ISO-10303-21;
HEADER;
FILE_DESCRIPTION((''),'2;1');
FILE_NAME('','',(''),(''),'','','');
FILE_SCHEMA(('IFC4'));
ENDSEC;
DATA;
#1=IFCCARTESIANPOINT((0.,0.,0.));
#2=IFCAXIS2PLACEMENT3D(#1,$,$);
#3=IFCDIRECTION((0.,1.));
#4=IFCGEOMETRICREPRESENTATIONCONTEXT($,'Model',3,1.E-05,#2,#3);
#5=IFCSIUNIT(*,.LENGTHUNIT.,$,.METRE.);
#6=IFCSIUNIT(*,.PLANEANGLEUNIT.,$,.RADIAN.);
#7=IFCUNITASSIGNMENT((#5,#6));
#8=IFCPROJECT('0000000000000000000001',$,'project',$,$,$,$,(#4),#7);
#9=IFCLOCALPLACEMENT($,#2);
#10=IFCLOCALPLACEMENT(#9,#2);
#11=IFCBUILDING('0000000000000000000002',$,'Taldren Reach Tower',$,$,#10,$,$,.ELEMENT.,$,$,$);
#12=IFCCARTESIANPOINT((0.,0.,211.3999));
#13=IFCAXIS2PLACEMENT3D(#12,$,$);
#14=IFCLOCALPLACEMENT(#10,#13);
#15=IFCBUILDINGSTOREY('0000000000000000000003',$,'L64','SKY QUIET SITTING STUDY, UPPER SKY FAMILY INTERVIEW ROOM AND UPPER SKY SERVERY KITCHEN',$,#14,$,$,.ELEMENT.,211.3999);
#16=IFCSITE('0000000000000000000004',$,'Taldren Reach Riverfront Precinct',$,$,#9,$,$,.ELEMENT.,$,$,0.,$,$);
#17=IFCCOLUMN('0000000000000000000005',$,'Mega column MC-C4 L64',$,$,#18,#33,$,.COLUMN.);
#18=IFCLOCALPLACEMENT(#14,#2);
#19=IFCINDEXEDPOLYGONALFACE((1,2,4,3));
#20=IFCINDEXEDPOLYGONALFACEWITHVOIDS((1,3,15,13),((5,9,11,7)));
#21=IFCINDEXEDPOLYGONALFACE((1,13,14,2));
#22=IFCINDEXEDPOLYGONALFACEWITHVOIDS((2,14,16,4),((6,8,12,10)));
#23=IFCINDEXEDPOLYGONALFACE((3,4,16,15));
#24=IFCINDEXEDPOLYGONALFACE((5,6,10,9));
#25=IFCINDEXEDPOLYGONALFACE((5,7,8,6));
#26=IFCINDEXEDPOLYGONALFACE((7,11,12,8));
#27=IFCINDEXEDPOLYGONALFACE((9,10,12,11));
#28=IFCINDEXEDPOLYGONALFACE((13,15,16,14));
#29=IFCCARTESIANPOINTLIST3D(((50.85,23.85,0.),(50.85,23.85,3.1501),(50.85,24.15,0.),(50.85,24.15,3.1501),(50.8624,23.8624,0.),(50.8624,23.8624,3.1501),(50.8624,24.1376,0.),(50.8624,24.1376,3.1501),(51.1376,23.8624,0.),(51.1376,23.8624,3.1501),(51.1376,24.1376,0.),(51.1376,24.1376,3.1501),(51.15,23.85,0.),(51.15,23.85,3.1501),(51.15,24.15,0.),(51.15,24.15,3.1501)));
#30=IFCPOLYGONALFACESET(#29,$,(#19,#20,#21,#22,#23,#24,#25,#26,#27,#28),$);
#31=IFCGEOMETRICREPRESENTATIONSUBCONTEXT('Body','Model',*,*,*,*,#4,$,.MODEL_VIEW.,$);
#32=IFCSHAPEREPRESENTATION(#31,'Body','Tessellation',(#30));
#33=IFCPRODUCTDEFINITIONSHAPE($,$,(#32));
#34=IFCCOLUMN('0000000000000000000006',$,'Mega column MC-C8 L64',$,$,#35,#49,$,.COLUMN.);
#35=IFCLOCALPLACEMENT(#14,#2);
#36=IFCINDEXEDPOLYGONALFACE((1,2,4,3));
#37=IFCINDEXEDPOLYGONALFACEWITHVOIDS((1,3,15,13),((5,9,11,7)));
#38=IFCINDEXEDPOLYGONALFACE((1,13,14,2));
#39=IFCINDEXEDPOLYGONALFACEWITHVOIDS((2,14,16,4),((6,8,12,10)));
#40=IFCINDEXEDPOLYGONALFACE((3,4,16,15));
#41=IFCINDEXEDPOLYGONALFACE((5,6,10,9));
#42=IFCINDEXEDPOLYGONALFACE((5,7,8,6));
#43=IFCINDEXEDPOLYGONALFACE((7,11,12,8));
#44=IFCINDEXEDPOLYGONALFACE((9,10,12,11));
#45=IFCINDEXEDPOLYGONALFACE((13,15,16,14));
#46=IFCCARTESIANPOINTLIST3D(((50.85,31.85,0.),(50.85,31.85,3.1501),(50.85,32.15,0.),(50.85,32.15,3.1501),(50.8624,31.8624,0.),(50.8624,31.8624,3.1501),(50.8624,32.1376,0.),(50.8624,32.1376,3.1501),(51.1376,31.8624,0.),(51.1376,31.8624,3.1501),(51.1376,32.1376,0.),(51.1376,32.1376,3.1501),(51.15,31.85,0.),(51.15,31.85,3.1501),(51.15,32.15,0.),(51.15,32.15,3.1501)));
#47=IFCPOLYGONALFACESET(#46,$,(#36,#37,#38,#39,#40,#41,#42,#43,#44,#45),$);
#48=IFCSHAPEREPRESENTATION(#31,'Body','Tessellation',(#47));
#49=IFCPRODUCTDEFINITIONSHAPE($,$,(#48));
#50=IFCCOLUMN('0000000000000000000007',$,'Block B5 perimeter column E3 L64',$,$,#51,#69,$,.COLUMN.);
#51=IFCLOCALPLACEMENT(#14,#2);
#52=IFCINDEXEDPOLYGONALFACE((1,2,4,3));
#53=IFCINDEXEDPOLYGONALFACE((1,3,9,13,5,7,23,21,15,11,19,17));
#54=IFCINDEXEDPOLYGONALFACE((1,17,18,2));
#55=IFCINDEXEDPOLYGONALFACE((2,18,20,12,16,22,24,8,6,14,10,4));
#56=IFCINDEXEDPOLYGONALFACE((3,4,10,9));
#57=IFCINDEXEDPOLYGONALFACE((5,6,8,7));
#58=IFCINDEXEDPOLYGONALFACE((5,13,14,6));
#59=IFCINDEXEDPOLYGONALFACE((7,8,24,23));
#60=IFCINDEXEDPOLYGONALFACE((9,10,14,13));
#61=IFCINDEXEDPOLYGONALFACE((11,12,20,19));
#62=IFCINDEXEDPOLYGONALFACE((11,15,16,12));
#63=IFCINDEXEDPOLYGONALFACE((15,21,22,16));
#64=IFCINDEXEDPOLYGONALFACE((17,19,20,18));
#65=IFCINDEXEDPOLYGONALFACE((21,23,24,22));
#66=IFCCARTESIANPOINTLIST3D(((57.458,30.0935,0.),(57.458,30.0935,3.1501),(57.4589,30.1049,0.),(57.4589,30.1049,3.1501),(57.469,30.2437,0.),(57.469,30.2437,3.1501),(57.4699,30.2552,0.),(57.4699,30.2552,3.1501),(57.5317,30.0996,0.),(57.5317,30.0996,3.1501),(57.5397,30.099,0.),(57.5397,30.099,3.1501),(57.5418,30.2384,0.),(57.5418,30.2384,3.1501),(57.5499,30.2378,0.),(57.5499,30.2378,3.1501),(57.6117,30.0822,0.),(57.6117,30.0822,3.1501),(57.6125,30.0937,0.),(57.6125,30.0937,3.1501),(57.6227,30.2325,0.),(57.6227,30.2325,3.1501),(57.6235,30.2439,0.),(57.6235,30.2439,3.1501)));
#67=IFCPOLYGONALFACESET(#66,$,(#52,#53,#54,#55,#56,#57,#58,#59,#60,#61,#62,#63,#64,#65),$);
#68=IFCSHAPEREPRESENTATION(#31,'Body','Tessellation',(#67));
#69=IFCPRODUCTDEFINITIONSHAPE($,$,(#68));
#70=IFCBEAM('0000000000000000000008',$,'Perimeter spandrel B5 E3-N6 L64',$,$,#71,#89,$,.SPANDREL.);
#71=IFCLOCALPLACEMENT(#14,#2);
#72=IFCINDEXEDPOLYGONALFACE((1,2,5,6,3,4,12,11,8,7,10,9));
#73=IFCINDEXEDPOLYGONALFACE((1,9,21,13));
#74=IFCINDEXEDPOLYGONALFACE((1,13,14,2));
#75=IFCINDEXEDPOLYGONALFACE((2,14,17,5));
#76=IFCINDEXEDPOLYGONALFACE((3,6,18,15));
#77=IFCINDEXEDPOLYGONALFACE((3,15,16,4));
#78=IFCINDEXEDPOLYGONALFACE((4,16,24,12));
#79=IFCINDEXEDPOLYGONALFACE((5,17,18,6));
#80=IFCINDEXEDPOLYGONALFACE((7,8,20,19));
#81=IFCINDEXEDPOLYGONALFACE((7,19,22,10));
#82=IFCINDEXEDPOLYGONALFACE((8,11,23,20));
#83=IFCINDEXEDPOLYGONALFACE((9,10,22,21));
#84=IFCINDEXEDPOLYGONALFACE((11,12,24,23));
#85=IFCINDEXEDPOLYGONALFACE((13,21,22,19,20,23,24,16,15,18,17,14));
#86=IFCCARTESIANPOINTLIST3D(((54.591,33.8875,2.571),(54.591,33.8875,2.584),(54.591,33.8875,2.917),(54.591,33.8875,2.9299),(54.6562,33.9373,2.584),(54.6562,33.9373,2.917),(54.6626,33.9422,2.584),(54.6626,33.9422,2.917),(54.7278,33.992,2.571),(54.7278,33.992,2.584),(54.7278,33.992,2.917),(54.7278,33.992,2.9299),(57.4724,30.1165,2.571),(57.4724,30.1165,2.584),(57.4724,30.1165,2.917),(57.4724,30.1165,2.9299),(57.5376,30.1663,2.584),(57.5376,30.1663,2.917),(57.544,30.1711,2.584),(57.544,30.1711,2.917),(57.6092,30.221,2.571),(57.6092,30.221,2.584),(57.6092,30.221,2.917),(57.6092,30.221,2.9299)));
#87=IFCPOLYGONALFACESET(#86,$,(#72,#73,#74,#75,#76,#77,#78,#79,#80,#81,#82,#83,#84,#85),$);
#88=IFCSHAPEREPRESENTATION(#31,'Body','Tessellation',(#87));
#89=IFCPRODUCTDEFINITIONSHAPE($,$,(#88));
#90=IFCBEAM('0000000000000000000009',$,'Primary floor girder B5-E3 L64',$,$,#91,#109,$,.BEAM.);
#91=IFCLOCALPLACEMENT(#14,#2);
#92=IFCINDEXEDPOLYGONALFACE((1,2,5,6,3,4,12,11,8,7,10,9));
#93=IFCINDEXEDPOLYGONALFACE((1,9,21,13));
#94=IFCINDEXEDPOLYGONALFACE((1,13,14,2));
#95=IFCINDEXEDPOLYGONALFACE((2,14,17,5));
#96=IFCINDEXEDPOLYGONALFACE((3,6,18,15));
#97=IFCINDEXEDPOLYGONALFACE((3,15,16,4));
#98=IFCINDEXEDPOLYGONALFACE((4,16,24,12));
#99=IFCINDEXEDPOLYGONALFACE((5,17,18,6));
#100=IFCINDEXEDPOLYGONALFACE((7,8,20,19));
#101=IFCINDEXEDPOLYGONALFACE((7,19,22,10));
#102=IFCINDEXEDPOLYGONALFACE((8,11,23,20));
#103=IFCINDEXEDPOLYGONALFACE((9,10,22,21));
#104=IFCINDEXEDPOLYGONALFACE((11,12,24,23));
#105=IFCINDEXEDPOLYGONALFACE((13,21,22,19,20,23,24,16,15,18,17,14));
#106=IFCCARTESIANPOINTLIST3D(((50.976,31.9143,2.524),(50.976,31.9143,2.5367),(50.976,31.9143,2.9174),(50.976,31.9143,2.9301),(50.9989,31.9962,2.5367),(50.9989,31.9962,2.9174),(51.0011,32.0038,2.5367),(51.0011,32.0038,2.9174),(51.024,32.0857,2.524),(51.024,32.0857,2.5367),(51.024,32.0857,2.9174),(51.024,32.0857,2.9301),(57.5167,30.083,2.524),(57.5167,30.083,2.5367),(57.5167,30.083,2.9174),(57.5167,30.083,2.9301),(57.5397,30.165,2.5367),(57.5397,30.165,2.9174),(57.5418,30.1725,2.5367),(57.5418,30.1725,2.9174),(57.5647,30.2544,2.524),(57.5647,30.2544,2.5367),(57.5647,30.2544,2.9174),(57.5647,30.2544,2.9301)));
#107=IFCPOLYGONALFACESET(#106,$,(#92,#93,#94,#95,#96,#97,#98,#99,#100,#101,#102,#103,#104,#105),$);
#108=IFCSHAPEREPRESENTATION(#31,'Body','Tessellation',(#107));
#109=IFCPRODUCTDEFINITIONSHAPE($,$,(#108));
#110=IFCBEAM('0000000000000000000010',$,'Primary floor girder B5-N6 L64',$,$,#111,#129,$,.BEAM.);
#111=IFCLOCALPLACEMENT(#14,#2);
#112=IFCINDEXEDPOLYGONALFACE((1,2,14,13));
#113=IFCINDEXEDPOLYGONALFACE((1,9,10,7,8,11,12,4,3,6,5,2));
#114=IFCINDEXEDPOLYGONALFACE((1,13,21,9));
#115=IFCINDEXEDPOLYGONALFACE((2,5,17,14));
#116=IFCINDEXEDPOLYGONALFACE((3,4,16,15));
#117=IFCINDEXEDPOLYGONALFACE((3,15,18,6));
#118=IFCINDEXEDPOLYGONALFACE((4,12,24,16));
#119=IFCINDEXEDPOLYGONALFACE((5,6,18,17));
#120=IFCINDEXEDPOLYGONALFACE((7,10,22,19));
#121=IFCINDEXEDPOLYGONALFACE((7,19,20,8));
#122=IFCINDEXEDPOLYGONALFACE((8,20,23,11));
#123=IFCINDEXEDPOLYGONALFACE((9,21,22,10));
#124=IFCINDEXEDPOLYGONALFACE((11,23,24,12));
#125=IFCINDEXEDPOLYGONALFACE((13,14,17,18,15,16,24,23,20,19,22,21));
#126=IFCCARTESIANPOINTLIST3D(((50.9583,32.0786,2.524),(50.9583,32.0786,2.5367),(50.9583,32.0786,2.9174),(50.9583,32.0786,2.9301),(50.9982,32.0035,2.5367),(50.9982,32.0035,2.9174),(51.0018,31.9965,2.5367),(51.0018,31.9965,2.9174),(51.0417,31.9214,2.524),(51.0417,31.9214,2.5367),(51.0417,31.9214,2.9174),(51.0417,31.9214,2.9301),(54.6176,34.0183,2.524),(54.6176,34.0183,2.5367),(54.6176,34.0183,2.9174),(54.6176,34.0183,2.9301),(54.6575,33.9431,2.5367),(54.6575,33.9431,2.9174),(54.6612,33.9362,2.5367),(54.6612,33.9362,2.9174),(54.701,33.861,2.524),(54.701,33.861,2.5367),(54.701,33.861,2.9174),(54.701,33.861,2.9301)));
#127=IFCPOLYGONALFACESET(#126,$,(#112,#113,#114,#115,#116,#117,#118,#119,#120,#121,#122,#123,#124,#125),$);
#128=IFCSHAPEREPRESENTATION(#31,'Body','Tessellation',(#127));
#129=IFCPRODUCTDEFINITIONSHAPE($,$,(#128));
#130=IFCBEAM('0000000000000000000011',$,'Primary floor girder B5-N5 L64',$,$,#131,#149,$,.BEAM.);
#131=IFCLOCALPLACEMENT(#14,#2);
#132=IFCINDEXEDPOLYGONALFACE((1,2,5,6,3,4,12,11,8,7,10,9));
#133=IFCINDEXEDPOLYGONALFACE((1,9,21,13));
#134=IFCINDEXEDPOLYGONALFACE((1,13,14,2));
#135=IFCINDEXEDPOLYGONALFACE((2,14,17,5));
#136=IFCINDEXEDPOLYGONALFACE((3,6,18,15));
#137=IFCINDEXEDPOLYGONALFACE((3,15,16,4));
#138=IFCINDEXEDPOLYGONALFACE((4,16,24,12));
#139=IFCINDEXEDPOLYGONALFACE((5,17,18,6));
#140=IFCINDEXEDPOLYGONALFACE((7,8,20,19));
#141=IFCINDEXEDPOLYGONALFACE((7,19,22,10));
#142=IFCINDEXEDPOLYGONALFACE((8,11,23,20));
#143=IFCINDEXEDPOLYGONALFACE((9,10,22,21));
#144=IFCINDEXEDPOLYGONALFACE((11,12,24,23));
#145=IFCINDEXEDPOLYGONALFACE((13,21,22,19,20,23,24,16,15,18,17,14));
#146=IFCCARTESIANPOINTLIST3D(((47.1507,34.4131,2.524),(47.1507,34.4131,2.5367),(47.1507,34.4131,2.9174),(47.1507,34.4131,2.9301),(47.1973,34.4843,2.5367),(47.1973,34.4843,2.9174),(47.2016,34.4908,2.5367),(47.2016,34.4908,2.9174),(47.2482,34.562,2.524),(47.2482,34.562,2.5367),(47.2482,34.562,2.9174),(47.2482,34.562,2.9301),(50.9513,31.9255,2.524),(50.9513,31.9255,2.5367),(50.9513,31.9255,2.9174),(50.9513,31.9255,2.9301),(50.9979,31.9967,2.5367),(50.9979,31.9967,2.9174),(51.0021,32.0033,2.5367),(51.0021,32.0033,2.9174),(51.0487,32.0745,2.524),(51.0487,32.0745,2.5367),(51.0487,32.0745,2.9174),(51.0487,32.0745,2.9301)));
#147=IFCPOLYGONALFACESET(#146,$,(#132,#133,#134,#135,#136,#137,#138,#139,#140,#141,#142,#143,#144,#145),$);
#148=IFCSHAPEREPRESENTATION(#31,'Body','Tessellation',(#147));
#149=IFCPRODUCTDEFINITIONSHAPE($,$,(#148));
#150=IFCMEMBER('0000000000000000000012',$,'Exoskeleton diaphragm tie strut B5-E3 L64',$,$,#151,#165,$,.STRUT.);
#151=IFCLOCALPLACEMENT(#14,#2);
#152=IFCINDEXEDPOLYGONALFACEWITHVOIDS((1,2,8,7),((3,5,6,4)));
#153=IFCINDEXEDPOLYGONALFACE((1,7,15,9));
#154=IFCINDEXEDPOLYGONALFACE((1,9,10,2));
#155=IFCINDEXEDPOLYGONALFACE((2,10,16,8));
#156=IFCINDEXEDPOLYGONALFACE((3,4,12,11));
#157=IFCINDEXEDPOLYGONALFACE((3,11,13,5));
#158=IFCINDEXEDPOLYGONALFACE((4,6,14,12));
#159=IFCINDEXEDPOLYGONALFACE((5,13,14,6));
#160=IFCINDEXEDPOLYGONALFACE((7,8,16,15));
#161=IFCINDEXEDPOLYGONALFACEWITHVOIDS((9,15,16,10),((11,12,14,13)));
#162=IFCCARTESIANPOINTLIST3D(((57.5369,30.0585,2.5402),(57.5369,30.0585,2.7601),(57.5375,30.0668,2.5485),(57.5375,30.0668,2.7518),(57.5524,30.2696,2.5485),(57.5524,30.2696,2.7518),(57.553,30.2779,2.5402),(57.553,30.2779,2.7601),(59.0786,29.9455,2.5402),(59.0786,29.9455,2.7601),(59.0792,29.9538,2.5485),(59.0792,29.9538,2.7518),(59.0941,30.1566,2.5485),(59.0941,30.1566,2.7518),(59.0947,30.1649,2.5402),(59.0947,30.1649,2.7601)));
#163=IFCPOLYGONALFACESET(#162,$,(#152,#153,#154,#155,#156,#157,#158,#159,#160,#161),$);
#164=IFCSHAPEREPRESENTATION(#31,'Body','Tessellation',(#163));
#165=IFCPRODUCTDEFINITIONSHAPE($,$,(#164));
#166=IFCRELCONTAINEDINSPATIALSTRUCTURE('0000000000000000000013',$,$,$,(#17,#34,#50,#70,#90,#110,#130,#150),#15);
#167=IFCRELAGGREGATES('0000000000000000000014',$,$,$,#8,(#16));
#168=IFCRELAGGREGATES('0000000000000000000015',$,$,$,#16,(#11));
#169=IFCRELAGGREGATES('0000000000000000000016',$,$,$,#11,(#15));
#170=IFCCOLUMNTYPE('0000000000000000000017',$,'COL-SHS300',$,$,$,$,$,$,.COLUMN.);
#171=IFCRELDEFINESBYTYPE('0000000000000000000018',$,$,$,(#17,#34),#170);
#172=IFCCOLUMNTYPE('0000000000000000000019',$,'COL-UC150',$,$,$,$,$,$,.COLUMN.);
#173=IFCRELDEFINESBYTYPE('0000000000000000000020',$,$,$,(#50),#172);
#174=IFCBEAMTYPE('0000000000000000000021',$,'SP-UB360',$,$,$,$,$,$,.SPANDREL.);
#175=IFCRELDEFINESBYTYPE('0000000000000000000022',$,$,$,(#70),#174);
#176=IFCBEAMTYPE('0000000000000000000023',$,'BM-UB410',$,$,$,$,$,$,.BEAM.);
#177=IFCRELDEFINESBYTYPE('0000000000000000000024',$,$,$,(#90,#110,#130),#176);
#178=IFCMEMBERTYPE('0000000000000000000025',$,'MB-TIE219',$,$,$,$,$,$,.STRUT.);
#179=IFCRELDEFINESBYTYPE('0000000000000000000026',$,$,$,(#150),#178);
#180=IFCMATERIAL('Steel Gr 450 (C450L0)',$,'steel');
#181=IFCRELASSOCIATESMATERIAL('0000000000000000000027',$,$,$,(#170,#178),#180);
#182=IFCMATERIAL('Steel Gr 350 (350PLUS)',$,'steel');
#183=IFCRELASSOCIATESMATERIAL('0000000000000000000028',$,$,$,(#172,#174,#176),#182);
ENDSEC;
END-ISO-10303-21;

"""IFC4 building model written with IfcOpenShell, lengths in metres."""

from ifc_helpers import new_model, si_unit, direction, frame, origin, origin_2d, place, context, subcontext, project, spatial, hollow_rectangle, i_section, extrude, source, transform, mapped, material, material_profile, profile_set, type_object, element, save


model = new_model("IFC4")

# Units and contexts
model_context = context("Model", 3, precision=1e-05, world=origin(), true_north=direction((0.0, 1.0)))
body_context = subcontext(model_context, "Body", "Model", "MODEL_VIEW")
ifc_project = project(units=[si_unit("LENGTHUNIT", "METRE"), si_unit("PLANEANGLEUNIT", "RADIAN")], contexts=[model_context])

# Site, building, storey
site_placement = place(None, origin())
site = spatial("IfcSite", under=ifc_project, at=site_placement, Name="Taldren Reach Riverfront Precinct", CompositionType="ELEMENT", RefElevation=0.0)
building_placement = place(site_placement, origin())
building = spatial("IfcBuilding", under=site, at=building_placement, Name="Taldren Reach Tower", CompositionType="ELEMENT")
storey_placement = place(building_placement, frame((0.0, 0.0, 211.3999)))
storey = spatial("IfcBuildingStorey", under=building, at=storey_placement, Name="L64", Description="SKY QUIET SITTING STUDY, UPPER SKY FAMILY INTERVIEW ROOM AND UPPER SKY SERVERY KITCHEN", CompositionType="ELEMENT", Elevation=211.3999)

# Columns
ifc_material_1 = material(Name="Steel Gr 450 (C450L0)", Category="steel")
ifc_material_profile_1 = material_profile(ifc_material_1, hollow_rectangle(XDim=0.3, YDim=0.3, WallThickness=0.0125, at=origin_2d()), Name="300x300x12.5SHS")
ifc_profile_set_1 = profile_set([ifc_material_profile_1], Name="Steel Gr 450 (C450L0)")
column_type_1 = type_object("IfcColumnType", Name="COL-SHS300", PredefinedType="COLUMN", material=ifc_profile_set_1)
shared_shape_1 = source(origin(), body_context, "Body", "SweptSolid", [
    extrude(hollow_rectangle(XDim=0.3, YDim=0.3, WallThickness=0.0125, at=origin_2d()), origin(), (0.0, 0.0, 1.0), 3.1501),
])
for number, where, z_axis, x_axis, name in (
    (1, (51.0, 24.0, 0.0), (0.0, 0.0, 1.0), (1.0, 0.0, 0.0), "Mega column MC-C4 L64"),
    (2, (51.0, 32.0, 0.0), (0.0, 0.0, 1.0), (1.0, 0.0, 0.0), "Mega column MC-C8 L64"),
):
    element("IfcColumn", number, at=place(storey_placement, frame(where, z_axis=z_axis, x_axis=x_axis)), inside=storey, type_object=column_type_1, Name=name, PredefinedType="COLUMN", context=body_context, shape_type="MappedRepresentation", body=[
        mapped(shared_shape_1, transform((0.0, 0.0, 0.0), scale=1.0)),
    ])
ifc_material_2 = material(Name="Steel Gr 350 (350PLUS)", Category="steel")
ifc_material_profile_2 = material_profile(ifc_material_2, i_section(OverallWidth=0.1541, OverallDepth=0.1621, WebThickness=0.0081, FlangeThickness=0.0115, at=origin_2d()), Name="150UC37.2")
ifc_profile_set_2 = profile_set([ifc_material_profile_2], Name="Steel Gr 350 (350PLUS)")
column_type_2 = type_object("IfcColumnType", Name="COL-UC150", PredefinedType="COLUMN", material=ifc_profile_set_2)
shared_shape_2 = source(origin(), body_context, "Body", "SweptSolid", [
    extrude(i_section(OverallWidth=0.1541, OverallDepth=0.1621, WebThickness=0.0081, FlangeThickness=0.0115, at=origin_2d()), origin(), (0.0, 0.0, 1.0), 3.1501),
])
column_placement = place(storey_placement, frame((57.5408, 30.1687, 0.0), z_axis=(0.0, 0.0, 1.0), x_axis=(0.997314, -0.073238, 0.0)))
element("IfcColumn", 3, at=column_placement, inside=storey, type_object=column_type_2, Name="Block B5 perimeter column E3 L64", PredefinedType="COLUMN", context=body_context, shape_type="MappedRepresentation", body=[
    mapped(shared_shape_2, transform((0.0, 0.0, 0.0), scale=1.0)),
])

# Beams
ifc_material_profile_3 = material_profile(ifc_material_2, i_section(OverallWidth=0.1721, OverallDepth=0.3589, WebThickness=0.0081, FlangeThickness=0.0129, at=origin_2d()), Name="360UB56.7")
ifc_profile_set_3 = profile_set([ifc_material_profile_3], Name="Steel Gr 350 (350PLUS)")
beam_type_1 = type_object("IfcBeamType", Name="SP-UB360", PredefinedType="SPANDREL", material=ifc_profile_set_3)
shared_shape_3 = source(origin(), body_context, "Body", "SweptSolid", [
    extrude(i_section(OverallWidth=0.1721, OverallDepth=0.3589, WebThickness=0.0081, FlangeThickness=0.0129, at=origin_2d()), origin(), (0.0, 0.0, 1.0), 4.7458),
])
beam_1_placement = place(storey_placement, frame((57.5408, 30.1687, 2.7505), z_axis=(-0.607137, 0.794597, 0.0), x_axis=(-0.794597, -0.607137, 0.0)))
element("IfcBeam", 4, at=beam_1_placement, inside=storey, type_object=beam_type_1, Name="Perimeter spandrel B5 E3-N6 L64", PredefinedType="SPANDREL", context=body_context, shape_type="MappedRepresentation", body=[
    mapped(shared_shape_3, transform((0.0, 0.0, 0.0), scale=1.0)),
])
ifc_material_profile_4 = material_profile(ifc_material_2, i_section(OverallWidth=0.178, OverallDepth=0.406, WebThickness=0.0078, FlangeThickness=0.0127, at=origin_2d()), Name="410UB59.7")
ifc_profile_set_4 = profile_set([ifc_material_profile_4], Name="Steel Gr 350 (350PLUS)")
beam_type_2 = type_object("IfcBeamType", Name="BM-UB410", PredefinedType="BEAM", material=ifc_profile_set_4)
shared_shape_4 = source(origin(), body_context, "Body", "SweptSolid", [
    extrude(i_section(OverallWidth=0.178, OverallDepth=0.406, WebThickness=0.0078, FlangeThickness=0.0127, at=origin_2d()), origin(), (0.0, 0.0, 1.0), 6.7922),
])
beam_2_placement = place(storey_placement, frame((51.0, 32.0, 2.7271), z_axis=(0.962968, -0.269614, 0.0), x_axis=(0.269614, 0.962968, 0.0)))
element("IfcBeam", 5, at=beam_2_placement, inside=storey, type_object=beam_type_2, Name="Primary floor girder B5-E3 L64", PredefinedType="BEAM", context=body_context, shape_type="MappedRepresentation", body=[
    mapped(shared_shape_4, transform((0.0, 0.0, 0.0), scale=1.0)),
])
shared_shape_5 = source(origin(), body_context, "Body", "SweptSolid", [
    extrude(i_section(OverallWidth=0.178, OverallDepth=0.406, WebThickness=0.0078, FlangeThickness=0.0127, at=origin_2d()), origin(), (0.0, 0.0, 1.0), 4.1416),
])
beam_3_placement = place(storey_placement, frame((51.0, 32.0, 2.7271), z_axis=(0.883553, 0.468332, 0.0), x_axis=(-0.468332, 0.883553, 0.0)))
element("IfcBeam", 6, at=beam_3_placement, inside=storey, type_object=beam_type_2, Name="Primary floor girder B5-N6 L64", PredefinedType="BEAM", context=body_context, shape_type="MappedRepresentation", body=[
    mapped(shared_shape_5, transform((0.0, 0.0, 0.0), scale=1.0)),
])
shared_shape_6 = source(origin(), body_context, "Body", "SweptSolid", [
    extrude(i_section(OverallWidth=0.178, OverallDepth=0.406, WebThickness=0.0078, FlangeThickness=0.0127, at=origin_2d()), origin(), (0.0, 0.0, 1.0), 4.5422),
])
beam_4_placement = place(storey_placement, frame((51.0, 32.0, 2.7271), z_axis=(-0.836709, 0.547648, 0.0), x_axis=(-0.547648, -0.836709, 0.0)))
element("IfcBeam", 7, at=beam_4_placement, inside=storey, type_object=beam_type_2, Name="Primary floor girder B5-N5 L64", PredefinedType="BEAM", context=body_context, shape_type="MappedRepresentation", body=[
    mapped(shared_shape_6, transform((0.0, 0.0, 0.0), scale=1.0)),
])

# Member
ifc_material_profile_5 = material_profile(ifc_material_1, hollow_rectangle(XDim=0.22, YDim=0.22, WallThickness=0.0083, at=origin_2d()), Name="220x220x8.2SHS")
ifc_profile_set_5 = profile_set([ifc_material_profile_5], Name="Steel Gr 450 (C450L0)")
member_type_1 = type_object("IfcMemberType", Name="MB-TIE219", PredefinedType="STRUT", material=ifc_profile_set_5)
shared_shape_7 = source(origin(), body_context, "Body", "SweptSolid", [
    extrude(hollow_rectangle(XDim=0.22, YDim=0.22, WallThickness=0.0083, at=origin_2d()), origin(), (0.0, 0.0, 1.0), 1.5459),
])
for number, where, z_axis, x_axis, name in (
    (8, (57.5449, 30.1682, 2.6501), (0.997323, -0.073121, 0.0), (0.073121, 0.997323, 0.0), "Exoskeleton diaphragm tie strut B5-E3 L64"),
):
    element("IfcMember", number, at=place(storey_placement, frame(where, z_axis=z_axis, x_axis=x_axis)), inside=storey, type_object=member_type_1, Name=name, PredefinedType="STRUT", context=body_context, shape_type="MappedRepresentation", body=[
        mapped(shared_shape_7, transform((0.0, 0.0, 0.0), scale=1.0)),
    ])

save(model, "model.ifc")
